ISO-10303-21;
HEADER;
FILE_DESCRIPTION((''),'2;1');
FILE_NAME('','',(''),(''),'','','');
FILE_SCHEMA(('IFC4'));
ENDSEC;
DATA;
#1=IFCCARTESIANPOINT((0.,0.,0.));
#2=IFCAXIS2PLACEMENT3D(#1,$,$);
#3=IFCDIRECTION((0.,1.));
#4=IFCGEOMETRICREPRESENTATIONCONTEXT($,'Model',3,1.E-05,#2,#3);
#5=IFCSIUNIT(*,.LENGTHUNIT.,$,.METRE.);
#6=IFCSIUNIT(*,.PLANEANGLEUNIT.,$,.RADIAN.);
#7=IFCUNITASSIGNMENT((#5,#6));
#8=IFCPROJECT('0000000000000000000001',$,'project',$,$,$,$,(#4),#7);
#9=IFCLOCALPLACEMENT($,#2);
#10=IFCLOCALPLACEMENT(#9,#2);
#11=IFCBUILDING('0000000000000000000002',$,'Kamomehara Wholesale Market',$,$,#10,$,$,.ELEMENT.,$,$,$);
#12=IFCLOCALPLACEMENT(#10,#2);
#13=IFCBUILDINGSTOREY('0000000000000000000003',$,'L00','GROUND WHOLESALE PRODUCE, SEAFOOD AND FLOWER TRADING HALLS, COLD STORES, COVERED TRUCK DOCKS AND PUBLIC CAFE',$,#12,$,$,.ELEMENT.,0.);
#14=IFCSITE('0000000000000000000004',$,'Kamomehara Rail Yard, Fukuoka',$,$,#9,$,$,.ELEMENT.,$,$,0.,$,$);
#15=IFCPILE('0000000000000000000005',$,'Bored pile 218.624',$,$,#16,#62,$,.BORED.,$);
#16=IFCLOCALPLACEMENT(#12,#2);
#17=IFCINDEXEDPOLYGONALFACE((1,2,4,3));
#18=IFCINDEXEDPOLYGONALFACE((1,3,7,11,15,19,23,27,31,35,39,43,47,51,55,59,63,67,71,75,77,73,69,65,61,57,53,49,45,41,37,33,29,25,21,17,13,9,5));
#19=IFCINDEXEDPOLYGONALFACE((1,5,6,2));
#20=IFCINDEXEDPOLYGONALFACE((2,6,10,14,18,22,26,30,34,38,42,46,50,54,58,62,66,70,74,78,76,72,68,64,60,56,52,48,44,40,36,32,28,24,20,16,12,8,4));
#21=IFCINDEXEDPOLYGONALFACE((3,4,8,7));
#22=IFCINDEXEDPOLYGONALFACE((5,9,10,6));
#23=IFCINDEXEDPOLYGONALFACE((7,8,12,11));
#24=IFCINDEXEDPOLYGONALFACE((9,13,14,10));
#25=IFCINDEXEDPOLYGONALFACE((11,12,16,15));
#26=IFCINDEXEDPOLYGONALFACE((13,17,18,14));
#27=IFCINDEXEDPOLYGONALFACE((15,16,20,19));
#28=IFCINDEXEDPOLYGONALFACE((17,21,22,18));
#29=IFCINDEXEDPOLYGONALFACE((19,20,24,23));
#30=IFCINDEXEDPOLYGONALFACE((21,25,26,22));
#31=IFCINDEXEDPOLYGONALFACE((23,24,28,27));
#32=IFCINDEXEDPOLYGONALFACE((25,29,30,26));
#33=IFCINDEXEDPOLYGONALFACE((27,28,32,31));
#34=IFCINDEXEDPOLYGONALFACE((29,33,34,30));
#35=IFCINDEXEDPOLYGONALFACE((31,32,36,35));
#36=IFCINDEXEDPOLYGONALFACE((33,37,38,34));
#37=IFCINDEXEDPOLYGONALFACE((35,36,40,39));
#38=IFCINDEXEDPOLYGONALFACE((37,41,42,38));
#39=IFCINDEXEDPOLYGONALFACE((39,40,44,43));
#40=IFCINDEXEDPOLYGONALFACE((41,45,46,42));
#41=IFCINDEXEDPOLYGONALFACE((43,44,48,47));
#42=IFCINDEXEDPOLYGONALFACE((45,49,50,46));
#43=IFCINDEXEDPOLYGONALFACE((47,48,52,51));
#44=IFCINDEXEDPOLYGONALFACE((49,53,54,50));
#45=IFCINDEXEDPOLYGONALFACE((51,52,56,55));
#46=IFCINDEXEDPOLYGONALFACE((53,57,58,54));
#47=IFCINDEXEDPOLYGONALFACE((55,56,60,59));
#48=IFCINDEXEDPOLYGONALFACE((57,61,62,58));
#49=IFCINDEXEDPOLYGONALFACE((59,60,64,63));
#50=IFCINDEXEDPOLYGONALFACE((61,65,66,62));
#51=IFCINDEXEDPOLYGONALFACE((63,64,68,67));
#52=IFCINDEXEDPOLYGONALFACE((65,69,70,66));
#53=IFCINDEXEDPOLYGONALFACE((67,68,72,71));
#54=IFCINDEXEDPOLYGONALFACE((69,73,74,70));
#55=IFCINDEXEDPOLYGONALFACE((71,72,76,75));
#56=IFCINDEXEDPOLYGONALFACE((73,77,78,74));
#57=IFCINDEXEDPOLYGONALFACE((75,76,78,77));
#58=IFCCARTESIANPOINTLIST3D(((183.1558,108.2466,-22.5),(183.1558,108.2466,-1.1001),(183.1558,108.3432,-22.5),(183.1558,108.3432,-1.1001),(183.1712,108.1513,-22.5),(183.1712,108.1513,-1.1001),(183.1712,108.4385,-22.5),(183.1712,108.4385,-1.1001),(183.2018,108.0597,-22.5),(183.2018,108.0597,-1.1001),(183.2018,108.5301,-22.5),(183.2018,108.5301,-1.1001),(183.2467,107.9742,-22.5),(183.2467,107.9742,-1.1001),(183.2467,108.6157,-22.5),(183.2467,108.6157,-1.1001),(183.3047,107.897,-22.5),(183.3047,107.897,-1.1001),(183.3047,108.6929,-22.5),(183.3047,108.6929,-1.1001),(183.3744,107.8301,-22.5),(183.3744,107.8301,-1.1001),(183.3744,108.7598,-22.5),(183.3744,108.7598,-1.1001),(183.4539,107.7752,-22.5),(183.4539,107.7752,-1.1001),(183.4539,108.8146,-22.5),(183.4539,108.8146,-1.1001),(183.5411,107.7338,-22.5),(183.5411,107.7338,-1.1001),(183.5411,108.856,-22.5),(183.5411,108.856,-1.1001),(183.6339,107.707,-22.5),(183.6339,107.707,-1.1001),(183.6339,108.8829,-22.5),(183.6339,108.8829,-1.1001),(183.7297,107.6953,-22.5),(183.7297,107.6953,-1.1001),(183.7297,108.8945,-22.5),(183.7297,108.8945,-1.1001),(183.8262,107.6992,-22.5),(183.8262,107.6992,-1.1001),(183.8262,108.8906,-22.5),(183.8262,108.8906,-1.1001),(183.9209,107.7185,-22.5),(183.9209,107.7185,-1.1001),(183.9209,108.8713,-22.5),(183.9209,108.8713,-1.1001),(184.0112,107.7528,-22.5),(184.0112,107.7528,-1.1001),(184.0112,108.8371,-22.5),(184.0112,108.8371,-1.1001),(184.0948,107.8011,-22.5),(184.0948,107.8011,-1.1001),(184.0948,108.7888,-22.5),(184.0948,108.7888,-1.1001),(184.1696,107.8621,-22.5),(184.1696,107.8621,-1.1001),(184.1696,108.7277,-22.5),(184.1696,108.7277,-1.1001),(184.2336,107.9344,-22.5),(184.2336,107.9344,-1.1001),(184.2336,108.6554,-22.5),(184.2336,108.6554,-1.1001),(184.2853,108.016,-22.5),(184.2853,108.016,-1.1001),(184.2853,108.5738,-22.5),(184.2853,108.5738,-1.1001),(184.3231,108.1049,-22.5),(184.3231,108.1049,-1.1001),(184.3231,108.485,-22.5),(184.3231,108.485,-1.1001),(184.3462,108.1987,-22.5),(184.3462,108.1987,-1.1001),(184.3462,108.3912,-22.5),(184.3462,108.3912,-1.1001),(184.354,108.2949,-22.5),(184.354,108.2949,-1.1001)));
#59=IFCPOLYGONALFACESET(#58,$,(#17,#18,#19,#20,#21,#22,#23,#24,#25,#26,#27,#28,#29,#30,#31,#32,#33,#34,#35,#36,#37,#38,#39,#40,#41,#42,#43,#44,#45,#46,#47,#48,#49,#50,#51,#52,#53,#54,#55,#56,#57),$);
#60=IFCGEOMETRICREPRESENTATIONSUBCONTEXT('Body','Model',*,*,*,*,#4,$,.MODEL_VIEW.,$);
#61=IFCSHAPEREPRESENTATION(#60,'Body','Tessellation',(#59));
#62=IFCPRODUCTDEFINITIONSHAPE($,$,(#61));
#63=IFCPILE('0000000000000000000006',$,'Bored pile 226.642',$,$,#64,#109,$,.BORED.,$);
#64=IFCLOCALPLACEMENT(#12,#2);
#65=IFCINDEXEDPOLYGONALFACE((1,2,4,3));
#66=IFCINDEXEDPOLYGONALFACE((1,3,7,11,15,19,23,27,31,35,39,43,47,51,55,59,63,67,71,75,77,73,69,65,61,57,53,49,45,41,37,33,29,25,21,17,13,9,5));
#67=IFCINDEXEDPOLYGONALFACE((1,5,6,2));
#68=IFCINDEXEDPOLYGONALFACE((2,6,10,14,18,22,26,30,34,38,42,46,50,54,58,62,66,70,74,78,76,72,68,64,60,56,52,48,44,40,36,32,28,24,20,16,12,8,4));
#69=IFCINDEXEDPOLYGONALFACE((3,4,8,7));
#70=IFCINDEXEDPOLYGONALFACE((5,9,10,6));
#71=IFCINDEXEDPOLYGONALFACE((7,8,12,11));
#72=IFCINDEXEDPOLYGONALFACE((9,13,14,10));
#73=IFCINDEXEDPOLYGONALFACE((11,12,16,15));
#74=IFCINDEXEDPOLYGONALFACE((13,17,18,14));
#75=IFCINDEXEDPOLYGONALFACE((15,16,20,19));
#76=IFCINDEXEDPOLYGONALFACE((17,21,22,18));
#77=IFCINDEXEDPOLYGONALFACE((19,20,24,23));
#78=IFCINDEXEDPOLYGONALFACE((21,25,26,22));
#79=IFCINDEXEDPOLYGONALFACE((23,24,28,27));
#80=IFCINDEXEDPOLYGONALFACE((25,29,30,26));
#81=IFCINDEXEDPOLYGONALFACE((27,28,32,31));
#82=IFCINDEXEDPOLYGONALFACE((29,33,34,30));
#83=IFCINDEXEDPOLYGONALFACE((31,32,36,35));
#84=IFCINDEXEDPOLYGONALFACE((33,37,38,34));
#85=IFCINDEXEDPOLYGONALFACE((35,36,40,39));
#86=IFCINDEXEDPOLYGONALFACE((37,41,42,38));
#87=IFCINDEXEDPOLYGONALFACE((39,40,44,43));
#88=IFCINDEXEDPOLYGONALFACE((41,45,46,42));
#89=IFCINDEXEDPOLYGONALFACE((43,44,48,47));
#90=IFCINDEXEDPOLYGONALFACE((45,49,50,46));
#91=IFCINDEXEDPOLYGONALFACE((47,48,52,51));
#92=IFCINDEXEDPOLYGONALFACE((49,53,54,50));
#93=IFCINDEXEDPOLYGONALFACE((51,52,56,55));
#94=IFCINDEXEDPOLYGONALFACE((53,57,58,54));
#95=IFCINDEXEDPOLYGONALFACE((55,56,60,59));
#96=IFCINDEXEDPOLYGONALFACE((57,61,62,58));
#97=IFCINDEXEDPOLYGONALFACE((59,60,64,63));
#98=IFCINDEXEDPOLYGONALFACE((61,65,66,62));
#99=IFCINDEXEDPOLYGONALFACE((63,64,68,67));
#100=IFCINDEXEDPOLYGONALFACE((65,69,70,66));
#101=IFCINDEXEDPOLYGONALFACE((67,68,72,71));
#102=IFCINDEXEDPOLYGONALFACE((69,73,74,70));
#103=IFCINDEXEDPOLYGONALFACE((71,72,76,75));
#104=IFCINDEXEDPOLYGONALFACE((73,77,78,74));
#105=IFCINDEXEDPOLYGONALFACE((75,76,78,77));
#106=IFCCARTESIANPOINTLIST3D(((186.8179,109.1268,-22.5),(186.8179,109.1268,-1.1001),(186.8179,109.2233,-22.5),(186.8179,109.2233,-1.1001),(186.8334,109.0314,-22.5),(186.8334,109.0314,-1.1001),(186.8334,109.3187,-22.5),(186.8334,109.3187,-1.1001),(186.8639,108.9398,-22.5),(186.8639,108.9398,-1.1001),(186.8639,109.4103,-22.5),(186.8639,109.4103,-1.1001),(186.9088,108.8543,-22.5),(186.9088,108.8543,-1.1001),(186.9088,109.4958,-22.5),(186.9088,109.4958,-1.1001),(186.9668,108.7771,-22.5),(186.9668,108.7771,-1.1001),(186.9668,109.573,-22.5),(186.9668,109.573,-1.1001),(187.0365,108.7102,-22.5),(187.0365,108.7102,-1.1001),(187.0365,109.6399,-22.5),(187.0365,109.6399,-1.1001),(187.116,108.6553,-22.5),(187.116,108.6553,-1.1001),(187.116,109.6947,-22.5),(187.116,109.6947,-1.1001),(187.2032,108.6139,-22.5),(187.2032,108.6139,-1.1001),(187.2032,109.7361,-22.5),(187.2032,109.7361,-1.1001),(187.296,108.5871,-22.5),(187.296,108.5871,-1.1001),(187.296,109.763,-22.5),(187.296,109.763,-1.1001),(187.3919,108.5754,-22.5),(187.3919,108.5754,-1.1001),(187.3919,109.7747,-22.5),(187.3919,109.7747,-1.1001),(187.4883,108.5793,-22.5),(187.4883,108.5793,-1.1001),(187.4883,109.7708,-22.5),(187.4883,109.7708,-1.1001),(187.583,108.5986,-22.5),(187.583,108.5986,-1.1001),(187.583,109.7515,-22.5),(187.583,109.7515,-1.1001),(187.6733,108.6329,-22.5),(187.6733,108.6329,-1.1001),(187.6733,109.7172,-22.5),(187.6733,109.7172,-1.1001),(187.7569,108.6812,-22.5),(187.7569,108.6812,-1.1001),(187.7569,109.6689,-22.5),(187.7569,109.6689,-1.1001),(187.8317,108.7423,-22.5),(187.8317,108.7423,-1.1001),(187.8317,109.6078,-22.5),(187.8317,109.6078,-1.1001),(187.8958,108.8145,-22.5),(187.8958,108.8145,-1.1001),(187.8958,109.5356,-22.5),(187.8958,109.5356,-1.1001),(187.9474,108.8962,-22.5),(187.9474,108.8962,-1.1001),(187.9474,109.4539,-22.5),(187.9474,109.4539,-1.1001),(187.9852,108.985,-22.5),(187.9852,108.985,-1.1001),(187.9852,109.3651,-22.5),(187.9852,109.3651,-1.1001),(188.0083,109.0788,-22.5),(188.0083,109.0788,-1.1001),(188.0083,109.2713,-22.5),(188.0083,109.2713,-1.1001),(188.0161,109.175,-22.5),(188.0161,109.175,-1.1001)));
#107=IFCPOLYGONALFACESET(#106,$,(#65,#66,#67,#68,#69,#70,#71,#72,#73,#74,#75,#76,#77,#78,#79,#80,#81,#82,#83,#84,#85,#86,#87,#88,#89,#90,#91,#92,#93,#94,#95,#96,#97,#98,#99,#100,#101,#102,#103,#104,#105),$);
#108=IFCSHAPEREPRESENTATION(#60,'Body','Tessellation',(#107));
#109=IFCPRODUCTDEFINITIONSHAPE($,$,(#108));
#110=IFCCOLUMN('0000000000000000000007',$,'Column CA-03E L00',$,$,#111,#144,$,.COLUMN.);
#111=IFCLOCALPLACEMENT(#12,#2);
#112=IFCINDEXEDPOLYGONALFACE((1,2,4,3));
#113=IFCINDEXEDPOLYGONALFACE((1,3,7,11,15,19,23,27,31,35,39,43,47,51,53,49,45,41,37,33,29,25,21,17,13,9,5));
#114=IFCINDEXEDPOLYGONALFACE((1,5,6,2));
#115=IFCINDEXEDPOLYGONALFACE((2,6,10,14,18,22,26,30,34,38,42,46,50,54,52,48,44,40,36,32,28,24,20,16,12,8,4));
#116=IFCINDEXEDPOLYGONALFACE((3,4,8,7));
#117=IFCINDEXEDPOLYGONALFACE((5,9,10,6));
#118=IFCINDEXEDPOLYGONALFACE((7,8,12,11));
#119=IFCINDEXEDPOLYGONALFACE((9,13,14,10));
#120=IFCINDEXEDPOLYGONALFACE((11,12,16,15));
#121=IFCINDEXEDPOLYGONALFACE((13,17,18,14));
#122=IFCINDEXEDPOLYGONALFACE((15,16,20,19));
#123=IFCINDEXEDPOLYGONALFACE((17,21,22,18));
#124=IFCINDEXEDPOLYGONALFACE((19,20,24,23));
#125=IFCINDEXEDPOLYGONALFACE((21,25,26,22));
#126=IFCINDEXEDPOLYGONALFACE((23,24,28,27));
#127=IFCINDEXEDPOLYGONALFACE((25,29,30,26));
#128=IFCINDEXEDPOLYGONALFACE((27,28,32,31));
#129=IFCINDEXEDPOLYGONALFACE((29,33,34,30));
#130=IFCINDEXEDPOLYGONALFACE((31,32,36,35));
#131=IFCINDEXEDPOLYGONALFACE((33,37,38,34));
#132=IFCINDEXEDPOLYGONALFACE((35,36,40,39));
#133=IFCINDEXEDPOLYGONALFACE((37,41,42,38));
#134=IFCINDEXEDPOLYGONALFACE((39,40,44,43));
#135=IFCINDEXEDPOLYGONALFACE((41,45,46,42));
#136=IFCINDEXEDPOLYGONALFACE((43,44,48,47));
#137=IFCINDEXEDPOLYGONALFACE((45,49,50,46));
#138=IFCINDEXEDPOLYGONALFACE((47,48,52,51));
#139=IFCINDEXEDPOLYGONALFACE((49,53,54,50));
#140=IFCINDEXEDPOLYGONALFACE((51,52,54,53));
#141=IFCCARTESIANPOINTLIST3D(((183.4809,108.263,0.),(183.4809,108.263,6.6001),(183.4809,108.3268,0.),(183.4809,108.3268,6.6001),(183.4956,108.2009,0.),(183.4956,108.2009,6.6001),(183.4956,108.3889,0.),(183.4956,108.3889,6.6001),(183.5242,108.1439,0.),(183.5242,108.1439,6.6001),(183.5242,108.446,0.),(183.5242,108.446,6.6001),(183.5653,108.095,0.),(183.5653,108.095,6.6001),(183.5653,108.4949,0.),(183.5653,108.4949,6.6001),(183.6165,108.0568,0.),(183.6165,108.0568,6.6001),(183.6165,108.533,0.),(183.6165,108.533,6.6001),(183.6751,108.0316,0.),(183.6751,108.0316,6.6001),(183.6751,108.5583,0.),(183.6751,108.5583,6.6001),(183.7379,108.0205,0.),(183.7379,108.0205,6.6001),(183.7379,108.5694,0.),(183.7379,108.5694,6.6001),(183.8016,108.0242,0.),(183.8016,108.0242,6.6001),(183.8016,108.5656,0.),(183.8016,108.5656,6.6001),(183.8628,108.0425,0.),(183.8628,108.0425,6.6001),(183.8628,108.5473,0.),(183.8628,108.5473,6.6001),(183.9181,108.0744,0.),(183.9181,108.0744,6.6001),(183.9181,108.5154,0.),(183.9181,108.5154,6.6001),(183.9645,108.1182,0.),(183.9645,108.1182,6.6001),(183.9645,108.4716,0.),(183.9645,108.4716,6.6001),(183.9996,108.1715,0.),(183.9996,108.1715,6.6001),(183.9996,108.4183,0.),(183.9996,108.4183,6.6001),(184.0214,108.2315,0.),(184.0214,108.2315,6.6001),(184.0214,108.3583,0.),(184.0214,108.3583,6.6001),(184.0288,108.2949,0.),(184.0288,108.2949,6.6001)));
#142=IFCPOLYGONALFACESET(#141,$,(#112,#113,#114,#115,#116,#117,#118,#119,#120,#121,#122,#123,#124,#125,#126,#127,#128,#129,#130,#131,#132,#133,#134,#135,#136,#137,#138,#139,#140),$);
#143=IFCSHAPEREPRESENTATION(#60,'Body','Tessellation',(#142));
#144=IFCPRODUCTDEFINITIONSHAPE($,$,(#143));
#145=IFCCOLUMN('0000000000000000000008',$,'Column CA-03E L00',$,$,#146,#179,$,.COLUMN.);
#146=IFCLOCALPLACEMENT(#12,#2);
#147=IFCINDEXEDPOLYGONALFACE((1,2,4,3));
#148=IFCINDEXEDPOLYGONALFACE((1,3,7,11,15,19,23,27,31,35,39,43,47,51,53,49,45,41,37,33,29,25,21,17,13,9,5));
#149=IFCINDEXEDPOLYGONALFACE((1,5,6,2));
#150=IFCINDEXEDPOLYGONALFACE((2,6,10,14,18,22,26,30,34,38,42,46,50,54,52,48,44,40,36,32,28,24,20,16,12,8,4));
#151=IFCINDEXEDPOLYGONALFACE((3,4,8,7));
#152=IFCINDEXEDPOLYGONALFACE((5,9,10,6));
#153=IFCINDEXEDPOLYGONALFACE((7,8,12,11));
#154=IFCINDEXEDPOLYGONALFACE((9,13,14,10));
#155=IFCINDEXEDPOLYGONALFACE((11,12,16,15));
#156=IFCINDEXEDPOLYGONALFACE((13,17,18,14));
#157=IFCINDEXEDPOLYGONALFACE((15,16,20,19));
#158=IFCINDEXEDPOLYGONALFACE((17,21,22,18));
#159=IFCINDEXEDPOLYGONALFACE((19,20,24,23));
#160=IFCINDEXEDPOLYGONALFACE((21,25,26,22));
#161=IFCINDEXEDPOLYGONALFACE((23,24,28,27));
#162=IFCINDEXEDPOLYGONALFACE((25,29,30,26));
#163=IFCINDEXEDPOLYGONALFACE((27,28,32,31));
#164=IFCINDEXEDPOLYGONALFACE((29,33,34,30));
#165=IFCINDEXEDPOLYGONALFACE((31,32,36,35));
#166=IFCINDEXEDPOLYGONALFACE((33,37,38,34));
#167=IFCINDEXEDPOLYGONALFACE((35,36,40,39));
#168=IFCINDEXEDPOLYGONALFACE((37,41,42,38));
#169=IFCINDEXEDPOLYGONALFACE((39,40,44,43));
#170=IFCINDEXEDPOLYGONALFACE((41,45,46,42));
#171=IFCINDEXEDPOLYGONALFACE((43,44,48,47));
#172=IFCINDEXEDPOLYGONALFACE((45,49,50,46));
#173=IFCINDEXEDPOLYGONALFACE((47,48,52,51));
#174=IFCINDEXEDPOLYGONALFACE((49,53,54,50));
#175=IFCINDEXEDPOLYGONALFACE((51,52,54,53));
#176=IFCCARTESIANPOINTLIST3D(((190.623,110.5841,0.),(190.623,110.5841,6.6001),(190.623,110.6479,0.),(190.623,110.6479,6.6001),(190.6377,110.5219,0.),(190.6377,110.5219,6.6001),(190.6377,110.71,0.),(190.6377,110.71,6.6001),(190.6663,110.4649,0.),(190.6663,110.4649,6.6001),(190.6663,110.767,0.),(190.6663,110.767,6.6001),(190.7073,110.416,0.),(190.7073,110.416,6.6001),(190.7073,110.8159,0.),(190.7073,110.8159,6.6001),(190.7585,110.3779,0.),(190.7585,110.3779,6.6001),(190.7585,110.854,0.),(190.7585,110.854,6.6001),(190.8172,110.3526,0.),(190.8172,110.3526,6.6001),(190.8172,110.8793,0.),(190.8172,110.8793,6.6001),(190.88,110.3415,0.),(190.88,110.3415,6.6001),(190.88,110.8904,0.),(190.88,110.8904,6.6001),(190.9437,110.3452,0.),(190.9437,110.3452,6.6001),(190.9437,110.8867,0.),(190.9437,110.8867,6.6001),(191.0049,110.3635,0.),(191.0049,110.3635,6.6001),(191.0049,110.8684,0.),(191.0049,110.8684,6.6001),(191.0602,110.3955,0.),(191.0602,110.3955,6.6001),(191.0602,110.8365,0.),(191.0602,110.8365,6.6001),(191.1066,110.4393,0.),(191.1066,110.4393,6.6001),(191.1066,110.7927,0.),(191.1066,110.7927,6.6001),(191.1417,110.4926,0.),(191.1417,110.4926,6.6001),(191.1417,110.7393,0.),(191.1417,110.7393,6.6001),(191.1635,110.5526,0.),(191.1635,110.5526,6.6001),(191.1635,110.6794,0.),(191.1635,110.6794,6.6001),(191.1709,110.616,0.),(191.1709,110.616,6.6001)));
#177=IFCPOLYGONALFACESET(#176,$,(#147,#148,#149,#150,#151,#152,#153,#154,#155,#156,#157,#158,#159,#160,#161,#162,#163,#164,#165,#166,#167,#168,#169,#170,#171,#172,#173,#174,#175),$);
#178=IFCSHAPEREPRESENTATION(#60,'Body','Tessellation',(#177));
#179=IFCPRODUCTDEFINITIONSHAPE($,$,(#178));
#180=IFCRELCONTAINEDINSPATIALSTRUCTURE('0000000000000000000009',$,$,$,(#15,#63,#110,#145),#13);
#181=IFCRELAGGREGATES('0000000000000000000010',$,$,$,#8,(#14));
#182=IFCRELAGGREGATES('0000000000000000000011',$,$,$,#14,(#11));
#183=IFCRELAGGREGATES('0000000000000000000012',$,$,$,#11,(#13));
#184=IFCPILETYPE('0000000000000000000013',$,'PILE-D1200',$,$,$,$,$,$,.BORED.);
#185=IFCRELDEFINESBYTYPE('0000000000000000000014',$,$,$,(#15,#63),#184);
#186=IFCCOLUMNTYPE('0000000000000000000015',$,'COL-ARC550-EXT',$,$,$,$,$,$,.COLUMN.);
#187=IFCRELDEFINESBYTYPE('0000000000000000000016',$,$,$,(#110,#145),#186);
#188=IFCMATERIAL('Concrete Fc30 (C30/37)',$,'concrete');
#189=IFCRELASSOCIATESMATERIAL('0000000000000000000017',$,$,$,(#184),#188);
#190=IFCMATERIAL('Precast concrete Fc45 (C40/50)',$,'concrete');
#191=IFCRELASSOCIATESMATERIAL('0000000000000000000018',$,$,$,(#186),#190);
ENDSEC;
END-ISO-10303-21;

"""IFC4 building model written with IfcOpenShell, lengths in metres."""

from ifc_helpers import new_model, si_unit, direction, frame, origin, origin_2d, place, context, subcontext, project, spatial, circle, extrude, material, material_profile, profile_set, type_object, element, save


model = new_model("IFC4")

# Units and contexts
model_context = context("Model", 3, precision=1e-05, world=origin(), true_north=direction((0.0, 1.0)))
body_context = subcontext(model_context, "Body", "Model", "MODEL_VIEW")
ifc_project = project(units=[si_unit("LENGTHUNIT", "METRE"), si_unit("PLANEANGLEUNIT", "RADIAN")], contexts=[model_context])

# Site, building, storey
site_placement = place(None, origin())
site = spatial("IfcSite", under=ifc_project, at=site_placement, Name="Kamomehara Rail Yard, Fukuoka", CompositionType="ELEMENT", RefElevation=0.0)
building_placement = place(site_placement, origin())
building = spatial("IfcBuilding", under=site, at=building_placement, Name="Kamomehara Wholesale Market", CompositionType="ELEMENT")
storey_placement = place(building_placement, origin())
storey = spatial("IfcBuildingStorey", under=building, at=storey_placement, Name="L00", Description="GROUND WHOLESALE PRODUCE, SEAFOOD AND FLOWER TRADING HALLS, COLD STORES, COVERED TRUCK DOCKS AND PUBLIC CAFE", CompositionType="ELEMENT", Elevation=0.0)

# Piles
ifc_material_1 = material(Name="Concrete Fc30 (C30/37)", Category="concrete")
ifc_material_profile_1 = material_profile(ifc_material_1, circle(Radius=0.6001, at=origin_2d()), Name="RC-PILE-D1200")
ifc_profile_set_1 = profile_set([ifc_material_profile_1], Name="Concrete Fc30 (C30/37)")
pile_type_1 = type_object("IfcPileType", Name="PILE-D1200", PredefinedType="BORED", material=ifc_profile_set_1)
for number, where, z_axis, x_axis, name in (
    (1, (183.7539, 108.2949, -1.1001), (0.0, 0.0, -1.0), (1.0, 0.0, 0.0), "Bored pile 218.624"),
    (2, (187.416, 109.175, -1.1001), (0.0, 0.0, -1.0), (1.0, 0.0, 0.0), "Bored pile 226.642"),
):
    element("IfcPile", number, at=place(storey_placement, frame(where, z_axis=z_axis, x_axis=x_axis)), inside=storey, type_object=pile_type_1, Name=name, PredefinedType="BORED", context=body_context, shape_type="SweptSolid", body=[
        extrude(circle(Radius=0.6001, at=origin_2d()), origin(), (0.0, 0.0, 1.0), 21.3999),
    ])

# Columns
ifc_material_2 = material(Name="Precast concrete Fc45 (C40/50)", Category="concrete")
ifc_material_profile_2 = material_profile(ifc_material_2, circle(Radius=0.2749, at=origin_2d()), Name="PC-ARC-D550")
ifc_profile_set_2 = profile_set([ifc_material_profile_2], Name="Precast concrete Fc45 (C40/50)")
column_type_1 = type_object("IfcColumnType", Name="COL-ARC550-EXT", PredefinedType="COLUMN", material=ifc_profile_set_2)
for number, where, z_axis, x_axis, name in (
    (3, (183.7539, 108.2949, 0.0), (0.0, 0.0, 1.0), (1.0, 0.0, 0.0), "Column CA-03E L00"),
    (4, (190.896, 110.616, 0.0), (0.0, 0.0, 1.0), (1.0, 0.0, 0.0), "Column CA-03E L00"),
):
    element("IfcColumn", number, at=place(storey_placement, frame(where, z_axis=z_axis, x_axis=x_axis)), inside=storey, type_object=column_type_1, Name=name, PredefinedType="COLUMN", context=body_context, shape_type="SweptSolid", body=[
        extrude(circle(Radius=0.2749, at=origin_2d()), origin(), (0.0, 0.0, 1.0), 6.6001),
    ])

save(model, "model.ifc")
